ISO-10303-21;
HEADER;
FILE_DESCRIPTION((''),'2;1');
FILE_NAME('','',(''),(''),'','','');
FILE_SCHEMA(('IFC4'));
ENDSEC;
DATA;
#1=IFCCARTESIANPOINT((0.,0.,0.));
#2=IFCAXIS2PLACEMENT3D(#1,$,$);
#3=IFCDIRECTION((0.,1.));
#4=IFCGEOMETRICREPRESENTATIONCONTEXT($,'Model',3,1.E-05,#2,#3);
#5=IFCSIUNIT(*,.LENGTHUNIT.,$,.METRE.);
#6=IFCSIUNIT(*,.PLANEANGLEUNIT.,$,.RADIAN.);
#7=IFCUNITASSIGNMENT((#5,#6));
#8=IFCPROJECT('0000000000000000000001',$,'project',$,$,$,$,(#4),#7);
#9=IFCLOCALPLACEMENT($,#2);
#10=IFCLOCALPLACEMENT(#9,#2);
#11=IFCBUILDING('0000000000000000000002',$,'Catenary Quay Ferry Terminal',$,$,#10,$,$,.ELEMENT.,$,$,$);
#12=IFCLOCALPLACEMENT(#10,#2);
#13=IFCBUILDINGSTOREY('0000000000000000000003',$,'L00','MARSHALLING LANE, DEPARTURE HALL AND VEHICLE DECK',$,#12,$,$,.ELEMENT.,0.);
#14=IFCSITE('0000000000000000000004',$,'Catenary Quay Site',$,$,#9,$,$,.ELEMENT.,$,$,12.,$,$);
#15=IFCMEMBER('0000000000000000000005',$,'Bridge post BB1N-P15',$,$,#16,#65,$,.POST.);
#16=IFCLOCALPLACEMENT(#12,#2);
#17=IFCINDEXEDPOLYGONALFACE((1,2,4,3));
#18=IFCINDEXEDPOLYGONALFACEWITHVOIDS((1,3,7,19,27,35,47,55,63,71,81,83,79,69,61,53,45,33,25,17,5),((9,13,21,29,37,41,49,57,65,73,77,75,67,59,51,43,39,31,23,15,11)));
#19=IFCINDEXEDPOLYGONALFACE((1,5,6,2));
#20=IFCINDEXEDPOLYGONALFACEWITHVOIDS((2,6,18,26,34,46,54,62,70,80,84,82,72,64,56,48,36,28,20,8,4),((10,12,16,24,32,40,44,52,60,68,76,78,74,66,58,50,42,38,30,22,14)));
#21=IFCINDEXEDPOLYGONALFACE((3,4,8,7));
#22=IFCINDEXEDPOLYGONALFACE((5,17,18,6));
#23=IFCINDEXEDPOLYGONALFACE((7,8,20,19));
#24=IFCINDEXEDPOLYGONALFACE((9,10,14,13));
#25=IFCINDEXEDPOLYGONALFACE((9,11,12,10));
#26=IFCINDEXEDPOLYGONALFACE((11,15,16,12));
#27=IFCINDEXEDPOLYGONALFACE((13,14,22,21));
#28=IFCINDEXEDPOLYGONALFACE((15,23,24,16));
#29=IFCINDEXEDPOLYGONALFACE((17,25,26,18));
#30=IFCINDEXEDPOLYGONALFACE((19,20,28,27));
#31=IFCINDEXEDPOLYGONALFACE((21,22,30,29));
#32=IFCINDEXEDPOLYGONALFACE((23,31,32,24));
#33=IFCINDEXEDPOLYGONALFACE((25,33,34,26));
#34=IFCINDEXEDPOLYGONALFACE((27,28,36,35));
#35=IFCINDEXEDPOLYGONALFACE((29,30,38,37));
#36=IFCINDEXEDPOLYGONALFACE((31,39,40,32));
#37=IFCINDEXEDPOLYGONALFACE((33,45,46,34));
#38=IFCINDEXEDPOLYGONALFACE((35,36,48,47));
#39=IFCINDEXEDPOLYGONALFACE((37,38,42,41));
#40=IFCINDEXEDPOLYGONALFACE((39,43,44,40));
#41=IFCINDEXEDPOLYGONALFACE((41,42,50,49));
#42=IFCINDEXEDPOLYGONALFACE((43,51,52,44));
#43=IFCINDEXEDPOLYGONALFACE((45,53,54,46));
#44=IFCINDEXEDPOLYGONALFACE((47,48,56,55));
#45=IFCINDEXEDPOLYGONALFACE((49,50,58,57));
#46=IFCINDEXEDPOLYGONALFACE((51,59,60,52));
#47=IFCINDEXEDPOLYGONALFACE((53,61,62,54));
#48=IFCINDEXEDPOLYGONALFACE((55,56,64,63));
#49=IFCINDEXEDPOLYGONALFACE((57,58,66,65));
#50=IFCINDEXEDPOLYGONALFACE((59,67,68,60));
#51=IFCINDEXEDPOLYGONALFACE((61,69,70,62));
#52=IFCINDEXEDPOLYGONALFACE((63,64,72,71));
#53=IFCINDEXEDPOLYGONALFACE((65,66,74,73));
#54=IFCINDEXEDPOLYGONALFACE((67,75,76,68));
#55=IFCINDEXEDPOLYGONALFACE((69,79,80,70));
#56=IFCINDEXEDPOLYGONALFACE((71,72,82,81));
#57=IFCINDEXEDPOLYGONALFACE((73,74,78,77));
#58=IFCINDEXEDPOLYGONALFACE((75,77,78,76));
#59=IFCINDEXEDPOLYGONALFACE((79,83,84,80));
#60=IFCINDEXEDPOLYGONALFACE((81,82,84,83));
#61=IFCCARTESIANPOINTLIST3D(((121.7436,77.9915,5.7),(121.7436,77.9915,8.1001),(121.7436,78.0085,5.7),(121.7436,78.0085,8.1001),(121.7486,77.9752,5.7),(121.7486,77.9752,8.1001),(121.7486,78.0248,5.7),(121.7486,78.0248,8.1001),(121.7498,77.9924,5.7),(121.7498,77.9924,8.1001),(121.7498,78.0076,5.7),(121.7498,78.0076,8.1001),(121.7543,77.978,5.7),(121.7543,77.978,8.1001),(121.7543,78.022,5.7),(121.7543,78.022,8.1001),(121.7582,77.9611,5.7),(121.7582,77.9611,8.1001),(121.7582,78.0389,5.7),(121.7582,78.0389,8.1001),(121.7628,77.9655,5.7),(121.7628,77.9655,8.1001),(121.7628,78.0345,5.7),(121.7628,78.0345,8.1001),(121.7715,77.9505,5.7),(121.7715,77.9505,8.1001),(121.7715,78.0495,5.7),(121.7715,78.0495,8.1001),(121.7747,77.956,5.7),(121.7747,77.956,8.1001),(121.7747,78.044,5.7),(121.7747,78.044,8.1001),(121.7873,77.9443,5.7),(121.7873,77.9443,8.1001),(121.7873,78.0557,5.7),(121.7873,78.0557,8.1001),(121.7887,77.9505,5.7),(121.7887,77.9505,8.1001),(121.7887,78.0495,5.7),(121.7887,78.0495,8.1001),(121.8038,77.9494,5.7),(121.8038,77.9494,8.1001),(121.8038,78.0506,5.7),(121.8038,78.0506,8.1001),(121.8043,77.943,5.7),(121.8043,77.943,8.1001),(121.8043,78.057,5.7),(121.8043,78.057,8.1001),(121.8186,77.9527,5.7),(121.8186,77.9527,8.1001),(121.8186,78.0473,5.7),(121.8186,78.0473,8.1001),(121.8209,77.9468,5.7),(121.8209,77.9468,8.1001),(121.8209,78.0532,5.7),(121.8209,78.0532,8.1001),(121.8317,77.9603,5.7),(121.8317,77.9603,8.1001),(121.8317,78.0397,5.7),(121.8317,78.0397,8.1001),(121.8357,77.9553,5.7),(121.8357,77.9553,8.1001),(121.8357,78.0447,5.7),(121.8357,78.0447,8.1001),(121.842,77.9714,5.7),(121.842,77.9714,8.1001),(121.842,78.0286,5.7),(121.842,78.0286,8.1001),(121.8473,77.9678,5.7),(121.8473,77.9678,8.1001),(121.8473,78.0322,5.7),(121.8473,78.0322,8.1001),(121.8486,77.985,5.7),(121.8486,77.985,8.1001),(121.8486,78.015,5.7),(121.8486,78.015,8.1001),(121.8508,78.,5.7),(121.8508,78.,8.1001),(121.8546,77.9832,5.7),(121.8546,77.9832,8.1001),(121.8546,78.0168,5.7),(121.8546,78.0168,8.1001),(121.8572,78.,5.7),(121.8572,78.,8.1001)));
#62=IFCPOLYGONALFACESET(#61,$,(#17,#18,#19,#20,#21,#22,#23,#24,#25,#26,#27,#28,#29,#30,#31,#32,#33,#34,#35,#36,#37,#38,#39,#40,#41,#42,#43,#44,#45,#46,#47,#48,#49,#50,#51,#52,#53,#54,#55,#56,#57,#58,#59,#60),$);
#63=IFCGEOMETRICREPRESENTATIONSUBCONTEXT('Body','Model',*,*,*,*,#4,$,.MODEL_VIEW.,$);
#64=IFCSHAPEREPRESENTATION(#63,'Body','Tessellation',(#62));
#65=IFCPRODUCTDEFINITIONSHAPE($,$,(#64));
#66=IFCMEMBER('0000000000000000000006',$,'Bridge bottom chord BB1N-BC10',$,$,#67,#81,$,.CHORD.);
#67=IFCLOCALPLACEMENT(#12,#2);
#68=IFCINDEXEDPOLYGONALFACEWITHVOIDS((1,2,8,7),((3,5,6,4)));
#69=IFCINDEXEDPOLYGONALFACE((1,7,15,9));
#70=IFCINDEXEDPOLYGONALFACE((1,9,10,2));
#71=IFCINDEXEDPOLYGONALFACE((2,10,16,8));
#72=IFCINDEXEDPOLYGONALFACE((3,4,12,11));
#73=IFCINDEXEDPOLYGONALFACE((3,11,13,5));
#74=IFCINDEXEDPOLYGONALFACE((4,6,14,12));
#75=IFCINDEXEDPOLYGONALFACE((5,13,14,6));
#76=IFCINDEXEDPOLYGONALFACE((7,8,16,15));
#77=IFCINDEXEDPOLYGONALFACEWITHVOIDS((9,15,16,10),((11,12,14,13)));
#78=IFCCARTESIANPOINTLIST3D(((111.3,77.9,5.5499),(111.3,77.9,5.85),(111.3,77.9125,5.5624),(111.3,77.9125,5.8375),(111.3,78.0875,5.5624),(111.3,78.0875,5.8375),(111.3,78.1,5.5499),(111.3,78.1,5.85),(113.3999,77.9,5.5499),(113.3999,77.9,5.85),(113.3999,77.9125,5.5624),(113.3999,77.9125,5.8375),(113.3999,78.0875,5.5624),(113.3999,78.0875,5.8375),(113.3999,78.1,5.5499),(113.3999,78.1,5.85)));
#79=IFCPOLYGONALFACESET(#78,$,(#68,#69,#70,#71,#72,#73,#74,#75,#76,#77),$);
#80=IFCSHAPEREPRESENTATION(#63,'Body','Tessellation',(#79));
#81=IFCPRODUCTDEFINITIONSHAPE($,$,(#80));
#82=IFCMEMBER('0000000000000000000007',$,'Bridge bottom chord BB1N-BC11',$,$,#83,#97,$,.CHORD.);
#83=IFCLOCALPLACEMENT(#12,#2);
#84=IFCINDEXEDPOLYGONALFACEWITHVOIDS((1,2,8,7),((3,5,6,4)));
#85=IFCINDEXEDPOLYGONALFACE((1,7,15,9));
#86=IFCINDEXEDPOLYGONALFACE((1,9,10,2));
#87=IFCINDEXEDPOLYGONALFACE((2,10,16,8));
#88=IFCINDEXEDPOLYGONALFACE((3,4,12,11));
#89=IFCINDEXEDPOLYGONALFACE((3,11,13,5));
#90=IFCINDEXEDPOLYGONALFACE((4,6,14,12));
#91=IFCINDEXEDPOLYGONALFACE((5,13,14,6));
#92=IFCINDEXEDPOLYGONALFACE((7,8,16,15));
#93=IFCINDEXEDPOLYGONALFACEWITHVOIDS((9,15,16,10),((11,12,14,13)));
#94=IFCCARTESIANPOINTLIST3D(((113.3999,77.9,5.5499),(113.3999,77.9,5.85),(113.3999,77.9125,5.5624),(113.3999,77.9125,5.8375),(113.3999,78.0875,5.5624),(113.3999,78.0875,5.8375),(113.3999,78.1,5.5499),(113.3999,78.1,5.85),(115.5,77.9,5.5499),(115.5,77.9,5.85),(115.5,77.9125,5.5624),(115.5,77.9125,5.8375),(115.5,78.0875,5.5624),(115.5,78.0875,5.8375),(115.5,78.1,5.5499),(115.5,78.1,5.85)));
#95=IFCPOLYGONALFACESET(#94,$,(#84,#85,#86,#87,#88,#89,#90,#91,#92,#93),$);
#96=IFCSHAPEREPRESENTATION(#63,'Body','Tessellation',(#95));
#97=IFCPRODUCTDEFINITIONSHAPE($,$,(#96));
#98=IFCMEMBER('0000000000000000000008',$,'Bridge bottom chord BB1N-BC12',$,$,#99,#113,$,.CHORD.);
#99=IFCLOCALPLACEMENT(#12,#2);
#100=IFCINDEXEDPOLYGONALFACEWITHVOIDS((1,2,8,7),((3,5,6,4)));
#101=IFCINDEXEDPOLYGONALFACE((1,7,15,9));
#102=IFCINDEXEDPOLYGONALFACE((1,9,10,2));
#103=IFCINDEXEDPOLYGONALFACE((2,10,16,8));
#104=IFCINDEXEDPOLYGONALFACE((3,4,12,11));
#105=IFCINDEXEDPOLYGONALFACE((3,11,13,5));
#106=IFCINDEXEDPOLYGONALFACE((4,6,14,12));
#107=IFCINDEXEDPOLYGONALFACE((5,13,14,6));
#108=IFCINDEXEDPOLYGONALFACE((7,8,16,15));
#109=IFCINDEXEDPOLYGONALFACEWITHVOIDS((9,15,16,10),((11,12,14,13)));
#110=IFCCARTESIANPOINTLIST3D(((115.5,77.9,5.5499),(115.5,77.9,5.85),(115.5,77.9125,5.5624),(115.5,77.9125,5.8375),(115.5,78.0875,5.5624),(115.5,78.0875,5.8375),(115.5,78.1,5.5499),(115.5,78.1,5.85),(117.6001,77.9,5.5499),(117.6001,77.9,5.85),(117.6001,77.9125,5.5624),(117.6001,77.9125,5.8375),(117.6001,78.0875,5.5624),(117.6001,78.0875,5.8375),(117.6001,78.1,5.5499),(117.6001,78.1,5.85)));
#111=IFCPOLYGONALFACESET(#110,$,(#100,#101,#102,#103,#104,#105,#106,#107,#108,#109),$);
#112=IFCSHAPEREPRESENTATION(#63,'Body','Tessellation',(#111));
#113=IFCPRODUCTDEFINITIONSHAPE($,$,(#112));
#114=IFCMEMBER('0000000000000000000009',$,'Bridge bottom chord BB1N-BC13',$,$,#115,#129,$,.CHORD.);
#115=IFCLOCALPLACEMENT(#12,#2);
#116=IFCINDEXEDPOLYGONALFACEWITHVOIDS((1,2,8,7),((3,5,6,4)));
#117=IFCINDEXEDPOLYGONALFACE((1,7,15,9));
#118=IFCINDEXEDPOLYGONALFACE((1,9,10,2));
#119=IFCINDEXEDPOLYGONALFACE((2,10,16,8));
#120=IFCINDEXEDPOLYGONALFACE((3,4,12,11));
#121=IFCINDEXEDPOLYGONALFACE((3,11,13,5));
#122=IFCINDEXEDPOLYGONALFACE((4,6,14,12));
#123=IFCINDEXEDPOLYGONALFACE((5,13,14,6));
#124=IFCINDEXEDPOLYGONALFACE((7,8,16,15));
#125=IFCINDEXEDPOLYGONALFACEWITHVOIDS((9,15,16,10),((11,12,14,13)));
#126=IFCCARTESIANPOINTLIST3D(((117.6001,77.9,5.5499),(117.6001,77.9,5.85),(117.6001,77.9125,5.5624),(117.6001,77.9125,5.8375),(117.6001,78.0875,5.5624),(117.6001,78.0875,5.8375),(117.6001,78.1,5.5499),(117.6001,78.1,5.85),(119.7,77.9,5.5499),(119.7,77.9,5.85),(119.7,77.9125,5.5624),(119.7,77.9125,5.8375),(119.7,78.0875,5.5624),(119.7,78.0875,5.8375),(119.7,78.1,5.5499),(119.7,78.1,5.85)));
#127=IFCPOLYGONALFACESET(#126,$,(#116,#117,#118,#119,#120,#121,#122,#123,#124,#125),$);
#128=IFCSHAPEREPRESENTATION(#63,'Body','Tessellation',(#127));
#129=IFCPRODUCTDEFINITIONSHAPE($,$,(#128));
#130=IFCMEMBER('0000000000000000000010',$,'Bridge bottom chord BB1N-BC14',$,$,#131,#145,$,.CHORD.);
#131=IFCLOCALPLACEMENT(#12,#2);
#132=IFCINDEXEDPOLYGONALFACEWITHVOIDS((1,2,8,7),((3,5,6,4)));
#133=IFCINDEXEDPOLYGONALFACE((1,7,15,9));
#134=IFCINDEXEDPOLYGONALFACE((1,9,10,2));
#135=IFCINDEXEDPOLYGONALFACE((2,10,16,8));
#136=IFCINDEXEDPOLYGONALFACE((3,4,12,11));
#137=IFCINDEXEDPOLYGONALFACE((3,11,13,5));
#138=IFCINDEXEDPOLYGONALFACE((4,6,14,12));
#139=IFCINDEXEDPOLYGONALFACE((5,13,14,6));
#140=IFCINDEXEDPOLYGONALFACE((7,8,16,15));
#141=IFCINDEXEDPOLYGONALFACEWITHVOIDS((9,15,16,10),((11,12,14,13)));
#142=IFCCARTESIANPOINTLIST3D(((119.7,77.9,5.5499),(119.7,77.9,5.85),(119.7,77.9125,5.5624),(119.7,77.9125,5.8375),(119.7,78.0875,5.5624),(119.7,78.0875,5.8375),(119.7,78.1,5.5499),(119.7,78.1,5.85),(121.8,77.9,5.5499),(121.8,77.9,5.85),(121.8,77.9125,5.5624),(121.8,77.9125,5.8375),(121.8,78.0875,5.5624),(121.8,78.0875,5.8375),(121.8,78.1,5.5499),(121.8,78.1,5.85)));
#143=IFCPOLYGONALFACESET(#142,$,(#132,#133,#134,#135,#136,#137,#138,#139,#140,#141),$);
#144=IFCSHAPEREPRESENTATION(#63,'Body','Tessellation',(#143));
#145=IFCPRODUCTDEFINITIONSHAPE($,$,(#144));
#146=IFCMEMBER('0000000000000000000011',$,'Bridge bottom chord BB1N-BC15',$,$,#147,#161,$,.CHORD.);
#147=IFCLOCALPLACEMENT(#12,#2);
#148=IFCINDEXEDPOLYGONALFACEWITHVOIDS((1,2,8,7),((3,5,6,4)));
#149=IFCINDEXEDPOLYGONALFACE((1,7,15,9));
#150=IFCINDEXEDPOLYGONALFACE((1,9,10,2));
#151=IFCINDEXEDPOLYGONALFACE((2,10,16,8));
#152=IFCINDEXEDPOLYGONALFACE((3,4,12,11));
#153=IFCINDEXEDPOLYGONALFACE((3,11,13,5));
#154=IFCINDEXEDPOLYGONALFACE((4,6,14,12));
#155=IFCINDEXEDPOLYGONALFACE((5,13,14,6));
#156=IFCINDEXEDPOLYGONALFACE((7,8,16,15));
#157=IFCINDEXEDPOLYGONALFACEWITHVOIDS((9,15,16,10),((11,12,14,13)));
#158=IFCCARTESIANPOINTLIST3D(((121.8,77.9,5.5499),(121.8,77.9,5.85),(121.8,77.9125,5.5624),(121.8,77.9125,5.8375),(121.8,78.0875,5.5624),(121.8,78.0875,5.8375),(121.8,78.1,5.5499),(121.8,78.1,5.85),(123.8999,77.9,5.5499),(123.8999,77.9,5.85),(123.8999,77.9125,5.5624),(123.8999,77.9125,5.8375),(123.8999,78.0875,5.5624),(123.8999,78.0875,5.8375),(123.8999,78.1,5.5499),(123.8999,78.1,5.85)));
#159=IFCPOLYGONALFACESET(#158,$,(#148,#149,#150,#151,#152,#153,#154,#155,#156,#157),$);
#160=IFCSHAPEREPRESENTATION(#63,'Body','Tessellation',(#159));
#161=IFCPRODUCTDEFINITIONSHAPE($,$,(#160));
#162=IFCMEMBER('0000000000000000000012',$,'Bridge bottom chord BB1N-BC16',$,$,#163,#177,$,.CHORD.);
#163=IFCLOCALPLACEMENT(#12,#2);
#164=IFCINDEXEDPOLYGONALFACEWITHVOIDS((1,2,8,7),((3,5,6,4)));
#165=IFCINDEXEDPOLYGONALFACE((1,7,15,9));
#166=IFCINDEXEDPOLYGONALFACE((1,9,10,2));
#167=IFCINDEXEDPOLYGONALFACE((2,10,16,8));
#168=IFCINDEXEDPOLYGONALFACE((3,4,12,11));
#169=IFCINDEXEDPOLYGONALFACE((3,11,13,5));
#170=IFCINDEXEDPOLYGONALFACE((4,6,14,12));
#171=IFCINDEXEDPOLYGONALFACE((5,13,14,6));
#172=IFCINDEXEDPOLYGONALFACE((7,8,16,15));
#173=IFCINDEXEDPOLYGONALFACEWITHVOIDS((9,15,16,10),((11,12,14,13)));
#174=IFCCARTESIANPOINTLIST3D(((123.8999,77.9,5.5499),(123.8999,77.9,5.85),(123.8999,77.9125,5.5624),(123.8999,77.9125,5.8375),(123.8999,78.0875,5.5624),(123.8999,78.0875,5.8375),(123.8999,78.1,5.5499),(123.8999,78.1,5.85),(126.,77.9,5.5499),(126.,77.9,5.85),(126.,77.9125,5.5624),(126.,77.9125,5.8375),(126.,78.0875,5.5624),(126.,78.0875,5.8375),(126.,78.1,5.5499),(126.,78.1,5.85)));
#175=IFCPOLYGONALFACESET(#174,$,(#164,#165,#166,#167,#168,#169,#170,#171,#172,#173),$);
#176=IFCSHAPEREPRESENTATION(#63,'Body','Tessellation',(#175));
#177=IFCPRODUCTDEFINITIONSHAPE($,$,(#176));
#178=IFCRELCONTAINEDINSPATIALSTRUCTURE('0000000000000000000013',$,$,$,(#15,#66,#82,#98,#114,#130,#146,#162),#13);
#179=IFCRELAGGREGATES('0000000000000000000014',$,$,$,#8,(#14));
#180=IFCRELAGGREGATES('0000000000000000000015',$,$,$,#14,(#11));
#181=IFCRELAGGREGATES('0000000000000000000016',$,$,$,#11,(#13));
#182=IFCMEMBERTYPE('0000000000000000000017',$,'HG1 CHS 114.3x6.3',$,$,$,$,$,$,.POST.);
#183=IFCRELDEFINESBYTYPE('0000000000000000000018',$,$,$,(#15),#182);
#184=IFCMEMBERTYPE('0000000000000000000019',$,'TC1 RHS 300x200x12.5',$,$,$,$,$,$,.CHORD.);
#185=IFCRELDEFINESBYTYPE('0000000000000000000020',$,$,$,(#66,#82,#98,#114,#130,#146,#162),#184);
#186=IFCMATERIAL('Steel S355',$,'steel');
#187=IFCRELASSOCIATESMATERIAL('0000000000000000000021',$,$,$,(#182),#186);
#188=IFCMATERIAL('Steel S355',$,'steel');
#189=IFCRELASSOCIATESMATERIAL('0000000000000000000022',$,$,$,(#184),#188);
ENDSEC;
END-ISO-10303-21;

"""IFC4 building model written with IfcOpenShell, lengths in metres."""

from ifc_helpers import new_model, si_unit, direction, frame, origin, origin_2d, place, context, subcontext, project, spatial, hollow_rectangle, hollow_circle, extrude, material, material_profile, profile_set, type_object, element, save


model = new_model("IFC4")

# Units and contexts
model_context = context("Model", 3, precision=1e-05, world=origin(), true_north=direction((0.0, 1.0)))
body_context = subcontext(model_context, "Body", "Model", "MODEL_VIEW")
ifc_project = project(units=[si_unit("LENGTHUNIT", "METRE"), si_unit("PLANEANGLEUNIT", "RADIAN")], contexts=[model_context])

# Site, building, storey
site_placement = place(None, origin())
site = spatial("IfcSite", under=ifc_project, at=site_placement, Name="Catenary Quay Site", CompositionType="ELEMENT", RefElevation=12.0)
building_placement = place(site_placement, origin())
building = spatial("IfcBuilding", under=site, at=building_placement, Name="Catenary Quay Ferry Terminal", CompositionType="ELEMENT")
storey_placement = place(building_placement, origin())
storey = spatial("IfcBuildingStorey", under=building, at=storey_placement, Name="L00", Description="MARSHALLING LANE, DEPARTURE HALL AND VEHICLE DECK", CompositionType="ELEMENT", Elevation=0.0)

# Members
ifc_material_1 = material(Name="Steel S355", Category="steel")
ifc_material_profile_1 = material_profile(ifc_material_1, hollow_circle(Radius=0.0571, WallThickness=0.0063, at=origin_2d()), Name="CHS 114.3x6.3")
ifc_profile_set_1 = profile_set([ifc_material_profile_1], Name="Steel S355")
member_type_1 = type_object("IfcMemberType", Name="HG1 CHS 114.3x6.3", PredefinedType="POST", material=ifc_profile_set_1)
for number, where, z_axis, x_axis, name in (
    (1, (121.8, 78.0, 5.7), (0.0, 0.0, 1.0), (1.0, 0.0, 0.0), "Bridge post BB1N-P15"),
):
    element("IfcMember", number, at=place(storey_placement, frame(where, z_axis=z_axis, x_axis=x_axis)), inside=storey, type_object=member_type_1, Name=name, PredefinedType="POST", context=body_context, shape_type="SweptSolid", body=[
        extrude(hollow_circle(Radius=0.0571, WallThickness=0.0063, at=origin_2d()), origin(), (0.0, 0.0, 1.0), 2.4001),
    ])
ifc_material_2 = material(Name="Steel S355", Category="steel")
ifc_material_profile_2 = material_profile(ifc_material_2, hollow_rectangle(XDim=0.2, YDim=0.3, WallThickness=0.0125, at=origin_2d()), Name="RHS 300x200x12.5")
ifc_profile_set_2 = profile_set([ifc_material_profile_2], Name="Steel S355")
member_type_2 = type_object("IfcMemberType", Name="TC1 RHS 300x200x12.5", PredefinedType="CHORD", material=ifc_profile_set_2)
member_1_placement = place(storey_placement, frame((111.3, 78.0, 5.7), z_axis=(1.0, 0.0, 0.0), x_axis=(0.0, 1.0, 0.0)))
element("IfcMember", 2, at=member_1_placement, inside=storey, type_object=member_type_2, Name="Bridge bottom chord BB1N-BC10", PredefinedType="CHORD", context=body_context, shape_type="SweptSolid", body=[
    extrude(hollow_rectangle(XDim=0.2, YDim=0.3, WallThickness=0.0125, at=origin_2d()), origin(), (0.0, 0.0, 1.0), 2.0999),
])
for number, where, z_axis, x_axis, name in (
    (3, (113.3999, 78.0, 5.7), (1.0, 0.0, 0.0), (0.0, 1.0, 0.0), "Bridge bottom chord BB1N-BC11"),
    (4, (115.5, 78.0, 5.7), (1.0, 0.0, 0.0), (0.0, 1.0, 0.0), "Bridge bottom chord BB1N-BC12"),
):
    element("IfcMember", number, at=place(storey_placement, frame(where, z_axis=z_axis, x_axis=x_axis)), inside=storey, type_object=member_type_2, Name=name, PredefinedType="CHORD", context=body_context, shape_type="SweptSolid", body=[
        extrude(hollow_rectangle(XDim=0.2, YDim=0.3, WallThickness=0.0125, at=origin_2d()), origin(), (0.0, 0.0, 1.0), 2.1001),
    ])
member_2_placement = place(storey_placement, frame((117.6001, 78.0, 5.7), z_axis=(1.0, 0.0, 0.0), x_axis=(0.0, 1.0, 0.0)))
element("IfcMember", 5, at=member_2_placement, inside=storey, type_object=member_type_2, Name="Bridge bottom chord BB1N-BC13", PredefinedType="CHORD", context=body_context, shape_type="SweptSolid", body=[
    extrude(hollow_rectangle(XDim=0.2, YDim=0.3, WallThickness=0.0125, at=origin_2d()), origin(), (0.0, 0.0, 1.0), 2.0999),
])
member_3_placement = place(storey_placement, frame((119.7, 78.0, 5.7), z_axis=(1.0, 0.0, 0.0), x_axis=(0.0, 1.0, 0.0)))
element("IfcMember", 6, at=member_3_placement, inside=storey, type_object=member_type_2, Name="Bridge bottom chord BB1N-BC14", PredefinedType="CHORD", context=body_context, shape_type="SweptSolid", body=[
    extrude(hollow_rectangle(XDim=0.2, YDim=0.3, WallThickness=0.0125, at=origin_2d()), origin(), (0.0, 0.0, 1.0), 2.1001),
])
member_4_placement = place(storey_placement, frame((121.8, 78.0, 5.7), z_axis=(1.0, 0.0, 0.0), x_axis=(0.0, 1.0, 0.0)))
element("IfcMember", 7, at=member_4_placement, inside=storey, type_object=member_type_2, Name="Bridge bottom chord BB1N-BC15", PredefinedType="CHORD", context=body_context, shape_type="SweptSolid", body=[
    extrude(hollow_rectangle(XDim=0.2, YDim=0.3, WallThickness=0.0125, at=origin_2d()), origin(), (0.0, 0.0, 1.0), 2.0999),
])
member_5_placement = place(storey_placement, frame((123.8999, 78.0, 5.7), z_axis=(1.0, 0.0, 0.0), x_axis=(0.0, 1.0, 0.0)))
element("IfcMember", 8, at=member_5_placement, inside=storey, type_object=member_type_2, Name="Bridge bottom chord BB1N-BC16", PredefinedType="CHORD", context=body_context, shape_type="SweptSolid", body=[
    extrude(hollow_rectangle(XDim=0.2, YDim=0.3, WallThickness=0.0125, at=origin_2d()), origin(), (0.0, 0.0, 1.0), 2.1001),
])

save(model, "model.ifc")
